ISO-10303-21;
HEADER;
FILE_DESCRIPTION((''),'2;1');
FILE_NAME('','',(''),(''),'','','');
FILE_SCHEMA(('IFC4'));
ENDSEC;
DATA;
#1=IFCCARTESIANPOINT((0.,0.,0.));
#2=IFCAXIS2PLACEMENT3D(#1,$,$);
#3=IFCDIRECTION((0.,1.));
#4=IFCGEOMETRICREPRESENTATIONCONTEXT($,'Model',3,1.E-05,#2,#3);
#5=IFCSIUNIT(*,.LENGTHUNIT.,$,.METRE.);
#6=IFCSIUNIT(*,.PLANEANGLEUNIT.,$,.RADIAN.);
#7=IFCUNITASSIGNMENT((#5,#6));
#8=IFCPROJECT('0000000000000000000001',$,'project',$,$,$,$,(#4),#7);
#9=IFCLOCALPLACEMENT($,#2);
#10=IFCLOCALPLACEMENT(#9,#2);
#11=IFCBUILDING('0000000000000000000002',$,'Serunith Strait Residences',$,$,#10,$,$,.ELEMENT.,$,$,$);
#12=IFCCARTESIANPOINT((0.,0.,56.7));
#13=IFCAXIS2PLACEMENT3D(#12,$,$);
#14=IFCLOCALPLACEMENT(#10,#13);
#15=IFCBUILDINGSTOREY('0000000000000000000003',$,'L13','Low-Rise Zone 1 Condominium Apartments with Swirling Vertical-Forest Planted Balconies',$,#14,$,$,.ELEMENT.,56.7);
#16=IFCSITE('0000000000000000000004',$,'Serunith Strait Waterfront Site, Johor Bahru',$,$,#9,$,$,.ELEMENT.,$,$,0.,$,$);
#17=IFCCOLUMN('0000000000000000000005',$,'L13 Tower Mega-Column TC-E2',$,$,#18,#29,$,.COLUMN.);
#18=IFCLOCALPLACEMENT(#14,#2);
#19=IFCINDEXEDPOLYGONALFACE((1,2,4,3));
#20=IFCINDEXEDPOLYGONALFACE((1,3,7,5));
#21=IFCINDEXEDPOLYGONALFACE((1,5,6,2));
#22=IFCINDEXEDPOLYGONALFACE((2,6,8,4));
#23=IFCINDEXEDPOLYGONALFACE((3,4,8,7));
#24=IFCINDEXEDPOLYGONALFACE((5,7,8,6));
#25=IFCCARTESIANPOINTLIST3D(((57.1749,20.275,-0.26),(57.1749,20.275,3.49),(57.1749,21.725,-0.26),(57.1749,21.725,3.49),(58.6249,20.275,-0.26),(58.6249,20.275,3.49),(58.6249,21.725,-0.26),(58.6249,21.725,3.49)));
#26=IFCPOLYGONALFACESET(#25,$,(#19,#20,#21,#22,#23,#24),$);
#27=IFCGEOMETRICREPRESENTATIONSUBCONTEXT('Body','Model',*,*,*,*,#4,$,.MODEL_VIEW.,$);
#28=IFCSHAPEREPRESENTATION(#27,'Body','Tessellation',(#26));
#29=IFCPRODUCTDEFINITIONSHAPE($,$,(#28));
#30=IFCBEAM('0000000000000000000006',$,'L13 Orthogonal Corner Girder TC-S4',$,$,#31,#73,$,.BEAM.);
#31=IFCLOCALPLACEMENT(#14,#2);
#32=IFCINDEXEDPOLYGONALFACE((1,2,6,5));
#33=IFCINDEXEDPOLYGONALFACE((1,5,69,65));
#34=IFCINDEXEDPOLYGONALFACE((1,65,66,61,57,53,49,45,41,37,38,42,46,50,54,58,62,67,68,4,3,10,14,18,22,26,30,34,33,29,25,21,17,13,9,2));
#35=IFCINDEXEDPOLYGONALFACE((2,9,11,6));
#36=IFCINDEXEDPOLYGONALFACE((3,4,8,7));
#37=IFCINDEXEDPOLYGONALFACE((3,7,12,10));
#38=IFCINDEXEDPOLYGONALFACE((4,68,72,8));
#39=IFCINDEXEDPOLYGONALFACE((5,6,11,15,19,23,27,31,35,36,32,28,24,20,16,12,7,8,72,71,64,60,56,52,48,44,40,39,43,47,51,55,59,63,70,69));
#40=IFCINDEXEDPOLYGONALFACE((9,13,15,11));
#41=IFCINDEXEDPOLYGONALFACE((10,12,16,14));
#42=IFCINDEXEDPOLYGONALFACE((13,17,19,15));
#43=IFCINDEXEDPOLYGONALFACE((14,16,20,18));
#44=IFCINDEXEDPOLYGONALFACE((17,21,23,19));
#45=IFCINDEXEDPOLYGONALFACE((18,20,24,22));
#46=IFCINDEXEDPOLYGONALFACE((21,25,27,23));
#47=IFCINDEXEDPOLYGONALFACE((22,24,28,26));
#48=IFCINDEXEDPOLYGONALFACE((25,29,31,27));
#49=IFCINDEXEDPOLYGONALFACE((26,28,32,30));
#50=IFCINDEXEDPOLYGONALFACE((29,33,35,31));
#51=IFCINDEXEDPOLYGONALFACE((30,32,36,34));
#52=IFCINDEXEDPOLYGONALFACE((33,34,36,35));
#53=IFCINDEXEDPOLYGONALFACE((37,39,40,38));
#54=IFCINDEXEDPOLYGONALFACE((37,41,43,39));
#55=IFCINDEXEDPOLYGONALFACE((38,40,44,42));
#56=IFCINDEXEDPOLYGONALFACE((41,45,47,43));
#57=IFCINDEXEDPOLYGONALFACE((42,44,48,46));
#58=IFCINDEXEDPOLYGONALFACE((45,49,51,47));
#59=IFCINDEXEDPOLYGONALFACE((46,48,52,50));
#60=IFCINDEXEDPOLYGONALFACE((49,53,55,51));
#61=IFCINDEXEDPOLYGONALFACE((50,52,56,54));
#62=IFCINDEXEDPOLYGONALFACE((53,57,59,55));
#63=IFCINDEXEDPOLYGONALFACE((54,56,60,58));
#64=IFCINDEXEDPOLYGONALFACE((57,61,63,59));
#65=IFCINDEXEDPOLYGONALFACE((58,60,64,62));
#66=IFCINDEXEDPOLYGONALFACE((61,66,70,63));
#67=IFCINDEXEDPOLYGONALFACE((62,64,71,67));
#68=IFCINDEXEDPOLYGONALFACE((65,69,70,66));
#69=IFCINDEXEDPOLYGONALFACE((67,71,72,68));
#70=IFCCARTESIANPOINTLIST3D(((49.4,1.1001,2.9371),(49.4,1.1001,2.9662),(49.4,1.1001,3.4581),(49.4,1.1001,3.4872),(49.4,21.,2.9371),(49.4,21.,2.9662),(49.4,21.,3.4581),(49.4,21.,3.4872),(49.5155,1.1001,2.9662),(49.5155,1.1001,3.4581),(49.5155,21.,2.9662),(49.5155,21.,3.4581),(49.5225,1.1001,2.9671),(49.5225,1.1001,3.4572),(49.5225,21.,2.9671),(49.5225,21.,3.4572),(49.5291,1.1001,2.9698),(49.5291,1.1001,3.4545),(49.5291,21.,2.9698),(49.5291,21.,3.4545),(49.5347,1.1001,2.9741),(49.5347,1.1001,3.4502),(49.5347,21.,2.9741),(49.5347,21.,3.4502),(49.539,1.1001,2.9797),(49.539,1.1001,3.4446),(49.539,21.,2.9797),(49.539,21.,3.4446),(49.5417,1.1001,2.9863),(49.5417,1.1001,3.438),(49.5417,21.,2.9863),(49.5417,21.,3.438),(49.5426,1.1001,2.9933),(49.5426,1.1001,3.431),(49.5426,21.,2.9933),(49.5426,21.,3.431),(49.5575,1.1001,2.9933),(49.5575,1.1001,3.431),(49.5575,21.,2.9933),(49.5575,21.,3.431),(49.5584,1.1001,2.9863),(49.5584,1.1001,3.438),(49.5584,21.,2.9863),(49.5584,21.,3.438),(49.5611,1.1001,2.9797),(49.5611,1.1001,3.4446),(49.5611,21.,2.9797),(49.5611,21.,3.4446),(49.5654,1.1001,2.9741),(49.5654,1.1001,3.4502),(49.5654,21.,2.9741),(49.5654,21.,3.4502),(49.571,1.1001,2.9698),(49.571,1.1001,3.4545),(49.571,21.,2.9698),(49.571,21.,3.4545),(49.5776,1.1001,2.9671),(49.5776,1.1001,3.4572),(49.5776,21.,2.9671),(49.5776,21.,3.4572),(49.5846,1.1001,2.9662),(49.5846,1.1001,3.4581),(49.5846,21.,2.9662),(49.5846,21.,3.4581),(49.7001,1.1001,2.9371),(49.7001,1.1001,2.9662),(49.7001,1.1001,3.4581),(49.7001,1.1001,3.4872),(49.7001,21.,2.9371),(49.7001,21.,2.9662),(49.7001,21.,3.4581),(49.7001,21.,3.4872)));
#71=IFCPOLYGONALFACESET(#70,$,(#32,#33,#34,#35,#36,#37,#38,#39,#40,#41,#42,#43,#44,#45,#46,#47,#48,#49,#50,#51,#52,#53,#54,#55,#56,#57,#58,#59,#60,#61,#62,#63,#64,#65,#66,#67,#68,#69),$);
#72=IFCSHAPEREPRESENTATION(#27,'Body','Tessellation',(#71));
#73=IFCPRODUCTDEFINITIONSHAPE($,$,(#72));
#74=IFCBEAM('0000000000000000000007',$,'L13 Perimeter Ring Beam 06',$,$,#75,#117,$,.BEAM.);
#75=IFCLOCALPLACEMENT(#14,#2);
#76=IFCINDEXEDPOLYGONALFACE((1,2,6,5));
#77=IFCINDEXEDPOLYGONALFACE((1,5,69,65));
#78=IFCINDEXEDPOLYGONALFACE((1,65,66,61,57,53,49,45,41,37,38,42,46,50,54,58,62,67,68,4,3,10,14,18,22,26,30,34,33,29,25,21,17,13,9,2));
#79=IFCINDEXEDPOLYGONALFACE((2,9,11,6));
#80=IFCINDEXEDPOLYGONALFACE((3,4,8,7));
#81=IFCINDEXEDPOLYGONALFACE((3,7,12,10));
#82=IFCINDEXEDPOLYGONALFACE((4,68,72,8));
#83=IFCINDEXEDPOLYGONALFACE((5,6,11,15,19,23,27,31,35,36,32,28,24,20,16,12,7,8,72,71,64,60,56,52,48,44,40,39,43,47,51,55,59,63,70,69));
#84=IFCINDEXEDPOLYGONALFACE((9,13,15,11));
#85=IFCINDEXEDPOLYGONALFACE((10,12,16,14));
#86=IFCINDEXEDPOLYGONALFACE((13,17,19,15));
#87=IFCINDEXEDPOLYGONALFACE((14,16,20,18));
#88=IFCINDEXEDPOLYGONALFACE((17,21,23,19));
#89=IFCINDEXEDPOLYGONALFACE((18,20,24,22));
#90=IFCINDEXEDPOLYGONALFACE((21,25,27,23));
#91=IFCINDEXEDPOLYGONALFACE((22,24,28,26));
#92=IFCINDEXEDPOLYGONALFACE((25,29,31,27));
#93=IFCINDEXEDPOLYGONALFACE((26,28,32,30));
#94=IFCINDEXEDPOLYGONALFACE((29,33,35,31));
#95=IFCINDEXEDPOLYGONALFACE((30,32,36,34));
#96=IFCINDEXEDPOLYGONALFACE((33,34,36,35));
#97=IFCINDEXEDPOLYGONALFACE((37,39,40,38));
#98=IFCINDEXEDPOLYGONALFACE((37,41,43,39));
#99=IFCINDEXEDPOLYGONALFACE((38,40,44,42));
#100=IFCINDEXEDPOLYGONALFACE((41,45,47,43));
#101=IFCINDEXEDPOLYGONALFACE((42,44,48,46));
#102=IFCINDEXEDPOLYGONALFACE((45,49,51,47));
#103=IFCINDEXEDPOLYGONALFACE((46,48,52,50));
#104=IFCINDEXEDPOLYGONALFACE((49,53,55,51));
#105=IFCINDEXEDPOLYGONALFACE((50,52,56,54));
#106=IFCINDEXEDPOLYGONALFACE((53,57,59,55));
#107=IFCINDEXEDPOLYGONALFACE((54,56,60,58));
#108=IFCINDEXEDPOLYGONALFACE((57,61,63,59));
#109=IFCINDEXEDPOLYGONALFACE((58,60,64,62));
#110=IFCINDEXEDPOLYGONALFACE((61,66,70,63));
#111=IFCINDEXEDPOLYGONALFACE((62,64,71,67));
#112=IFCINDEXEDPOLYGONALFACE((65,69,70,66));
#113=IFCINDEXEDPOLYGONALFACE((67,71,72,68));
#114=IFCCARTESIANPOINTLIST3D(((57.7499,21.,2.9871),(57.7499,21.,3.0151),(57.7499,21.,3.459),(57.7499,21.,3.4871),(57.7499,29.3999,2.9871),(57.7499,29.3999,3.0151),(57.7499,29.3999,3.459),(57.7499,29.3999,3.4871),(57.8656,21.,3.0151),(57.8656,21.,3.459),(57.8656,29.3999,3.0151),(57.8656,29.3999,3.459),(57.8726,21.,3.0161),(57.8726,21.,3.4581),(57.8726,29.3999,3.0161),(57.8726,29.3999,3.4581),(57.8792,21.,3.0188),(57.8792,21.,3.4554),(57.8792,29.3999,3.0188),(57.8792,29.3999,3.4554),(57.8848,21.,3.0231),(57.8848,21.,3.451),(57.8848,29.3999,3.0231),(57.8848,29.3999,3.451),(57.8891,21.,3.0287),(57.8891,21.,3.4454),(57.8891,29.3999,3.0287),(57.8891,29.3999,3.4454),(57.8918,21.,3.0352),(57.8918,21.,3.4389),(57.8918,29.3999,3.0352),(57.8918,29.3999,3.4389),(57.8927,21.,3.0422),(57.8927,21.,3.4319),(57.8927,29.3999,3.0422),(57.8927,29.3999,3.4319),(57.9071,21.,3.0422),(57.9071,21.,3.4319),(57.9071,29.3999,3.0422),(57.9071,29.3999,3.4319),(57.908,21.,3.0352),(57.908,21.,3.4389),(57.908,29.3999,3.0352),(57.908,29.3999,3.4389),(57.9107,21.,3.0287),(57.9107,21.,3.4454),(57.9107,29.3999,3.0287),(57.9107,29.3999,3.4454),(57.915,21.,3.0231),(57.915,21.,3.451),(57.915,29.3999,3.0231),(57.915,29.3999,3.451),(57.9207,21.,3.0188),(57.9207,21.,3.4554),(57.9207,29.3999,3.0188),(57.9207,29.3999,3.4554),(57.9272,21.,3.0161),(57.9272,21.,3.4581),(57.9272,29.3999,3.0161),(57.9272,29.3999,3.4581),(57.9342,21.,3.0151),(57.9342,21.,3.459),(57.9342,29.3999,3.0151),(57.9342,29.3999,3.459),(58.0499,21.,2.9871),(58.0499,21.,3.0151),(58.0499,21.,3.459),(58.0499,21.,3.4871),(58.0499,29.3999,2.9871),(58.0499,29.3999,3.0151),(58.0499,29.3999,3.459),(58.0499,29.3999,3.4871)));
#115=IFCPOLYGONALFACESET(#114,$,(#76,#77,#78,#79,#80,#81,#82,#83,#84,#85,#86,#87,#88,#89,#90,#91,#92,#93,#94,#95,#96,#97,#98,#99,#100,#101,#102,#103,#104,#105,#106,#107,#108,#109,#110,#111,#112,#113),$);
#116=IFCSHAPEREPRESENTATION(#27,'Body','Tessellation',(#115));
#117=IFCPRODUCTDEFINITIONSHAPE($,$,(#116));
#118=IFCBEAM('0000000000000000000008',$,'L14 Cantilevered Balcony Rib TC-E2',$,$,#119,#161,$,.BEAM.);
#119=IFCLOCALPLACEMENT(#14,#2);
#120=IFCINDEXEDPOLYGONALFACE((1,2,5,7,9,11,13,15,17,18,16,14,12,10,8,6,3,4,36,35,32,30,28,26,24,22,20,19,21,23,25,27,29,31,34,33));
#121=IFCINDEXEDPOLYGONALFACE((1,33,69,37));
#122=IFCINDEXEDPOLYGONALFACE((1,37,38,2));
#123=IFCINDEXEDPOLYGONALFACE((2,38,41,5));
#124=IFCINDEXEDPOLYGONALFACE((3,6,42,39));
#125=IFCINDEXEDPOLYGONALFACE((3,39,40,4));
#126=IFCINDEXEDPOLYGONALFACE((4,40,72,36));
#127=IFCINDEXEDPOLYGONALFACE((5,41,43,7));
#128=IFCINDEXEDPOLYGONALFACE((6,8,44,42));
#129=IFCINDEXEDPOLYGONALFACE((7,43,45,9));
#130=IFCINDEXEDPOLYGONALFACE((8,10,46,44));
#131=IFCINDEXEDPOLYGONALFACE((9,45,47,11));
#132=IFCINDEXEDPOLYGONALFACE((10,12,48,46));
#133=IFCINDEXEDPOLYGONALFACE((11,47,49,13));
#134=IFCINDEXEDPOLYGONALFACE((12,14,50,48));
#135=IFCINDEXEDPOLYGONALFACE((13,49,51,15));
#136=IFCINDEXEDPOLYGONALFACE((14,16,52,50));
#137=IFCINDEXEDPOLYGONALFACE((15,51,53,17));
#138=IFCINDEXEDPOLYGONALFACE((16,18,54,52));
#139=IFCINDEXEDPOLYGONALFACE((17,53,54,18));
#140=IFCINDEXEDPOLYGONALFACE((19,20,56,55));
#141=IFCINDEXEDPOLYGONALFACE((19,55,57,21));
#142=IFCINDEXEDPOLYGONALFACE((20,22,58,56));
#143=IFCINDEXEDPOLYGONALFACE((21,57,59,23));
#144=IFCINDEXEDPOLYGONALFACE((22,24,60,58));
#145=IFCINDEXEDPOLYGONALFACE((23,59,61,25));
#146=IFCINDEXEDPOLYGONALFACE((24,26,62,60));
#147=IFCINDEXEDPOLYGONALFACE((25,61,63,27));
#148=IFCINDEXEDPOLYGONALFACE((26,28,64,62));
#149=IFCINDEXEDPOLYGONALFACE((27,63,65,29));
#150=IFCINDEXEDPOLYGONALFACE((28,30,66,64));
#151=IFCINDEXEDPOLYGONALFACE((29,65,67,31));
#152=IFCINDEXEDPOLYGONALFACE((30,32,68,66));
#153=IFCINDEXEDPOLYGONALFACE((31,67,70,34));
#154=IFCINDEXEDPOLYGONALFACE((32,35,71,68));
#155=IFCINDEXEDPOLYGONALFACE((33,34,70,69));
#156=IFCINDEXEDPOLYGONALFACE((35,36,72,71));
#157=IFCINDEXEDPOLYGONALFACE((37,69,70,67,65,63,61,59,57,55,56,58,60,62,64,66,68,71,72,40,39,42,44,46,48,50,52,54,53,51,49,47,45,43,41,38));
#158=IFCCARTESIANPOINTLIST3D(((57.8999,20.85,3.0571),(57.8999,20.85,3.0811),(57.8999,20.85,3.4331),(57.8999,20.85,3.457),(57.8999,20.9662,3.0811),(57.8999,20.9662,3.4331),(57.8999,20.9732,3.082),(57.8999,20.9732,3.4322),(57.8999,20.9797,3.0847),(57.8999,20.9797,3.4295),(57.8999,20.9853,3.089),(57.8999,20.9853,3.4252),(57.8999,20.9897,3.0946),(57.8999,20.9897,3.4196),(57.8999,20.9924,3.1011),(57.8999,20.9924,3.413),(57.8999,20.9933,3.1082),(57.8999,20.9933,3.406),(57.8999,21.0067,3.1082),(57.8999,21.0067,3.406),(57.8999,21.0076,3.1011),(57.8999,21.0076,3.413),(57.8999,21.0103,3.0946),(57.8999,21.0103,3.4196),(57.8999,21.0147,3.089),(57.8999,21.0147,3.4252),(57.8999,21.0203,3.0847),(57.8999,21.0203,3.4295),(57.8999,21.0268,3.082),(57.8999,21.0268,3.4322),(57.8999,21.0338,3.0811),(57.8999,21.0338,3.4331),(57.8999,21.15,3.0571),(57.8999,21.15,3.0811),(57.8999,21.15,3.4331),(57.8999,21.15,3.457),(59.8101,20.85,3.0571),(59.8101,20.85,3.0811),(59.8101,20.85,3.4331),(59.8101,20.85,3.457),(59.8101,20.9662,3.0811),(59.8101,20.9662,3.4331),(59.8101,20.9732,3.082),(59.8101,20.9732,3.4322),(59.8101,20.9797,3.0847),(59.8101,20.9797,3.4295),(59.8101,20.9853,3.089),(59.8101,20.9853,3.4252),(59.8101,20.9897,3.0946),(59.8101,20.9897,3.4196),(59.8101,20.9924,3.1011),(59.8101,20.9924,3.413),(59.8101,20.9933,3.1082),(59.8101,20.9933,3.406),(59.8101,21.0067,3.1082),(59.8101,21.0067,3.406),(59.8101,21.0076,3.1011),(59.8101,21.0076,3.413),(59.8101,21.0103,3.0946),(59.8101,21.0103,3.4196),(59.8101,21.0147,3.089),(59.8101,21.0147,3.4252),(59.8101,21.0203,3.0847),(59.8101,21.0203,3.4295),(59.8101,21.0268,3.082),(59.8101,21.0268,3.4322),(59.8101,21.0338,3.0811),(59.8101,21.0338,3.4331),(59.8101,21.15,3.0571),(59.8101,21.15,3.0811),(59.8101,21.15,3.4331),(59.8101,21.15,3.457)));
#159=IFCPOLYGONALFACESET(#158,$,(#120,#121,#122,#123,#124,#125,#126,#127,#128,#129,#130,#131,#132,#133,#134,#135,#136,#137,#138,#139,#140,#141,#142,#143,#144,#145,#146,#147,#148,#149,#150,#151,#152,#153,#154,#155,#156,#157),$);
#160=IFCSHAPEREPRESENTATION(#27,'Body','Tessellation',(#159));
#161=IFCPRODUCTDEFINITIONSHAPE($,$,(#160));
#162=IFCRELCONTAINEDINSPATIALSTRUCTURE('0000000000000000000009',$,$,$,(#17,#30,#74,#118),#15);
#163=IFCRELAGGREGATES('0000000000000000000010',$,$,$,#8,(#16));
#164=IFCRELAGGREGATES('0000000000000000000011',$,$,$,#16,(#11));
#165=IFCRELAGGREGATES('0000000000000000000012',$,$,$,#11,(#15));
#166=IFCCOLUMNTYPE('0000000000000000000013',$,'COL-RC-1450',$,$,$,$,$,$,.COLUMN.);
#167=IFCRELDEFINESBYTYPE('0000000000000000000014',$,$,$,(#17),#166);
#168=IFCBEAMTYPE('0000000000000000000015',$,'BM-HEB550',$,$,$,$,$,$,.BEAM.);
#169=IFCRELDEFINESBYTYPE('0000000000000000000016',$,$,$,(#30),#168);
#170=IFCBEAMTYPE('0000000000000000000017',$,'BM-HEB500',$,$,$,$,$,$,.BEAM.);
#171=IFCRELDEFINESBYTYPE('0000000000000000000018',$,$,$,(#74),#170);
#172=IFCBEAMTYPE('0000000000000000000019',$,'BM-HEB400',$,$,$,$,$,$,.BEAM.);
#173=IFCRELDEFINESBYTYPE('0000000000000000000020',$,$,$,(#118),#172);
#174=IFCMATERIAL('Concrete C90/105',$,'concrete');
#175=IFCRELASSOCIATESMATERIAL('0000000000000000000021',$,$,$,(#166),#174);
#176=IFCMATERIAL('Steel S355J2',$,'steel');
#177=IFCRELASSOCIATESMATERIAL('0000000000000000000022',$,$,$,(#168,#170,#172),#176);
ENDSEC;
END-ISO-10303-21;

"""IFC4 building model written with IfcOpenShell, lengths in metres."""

from ifc_helpers import new_model, si_unit, direction, frame, origin, origin_2d, place, context, subcontext, project, spatial, rectangle, i_section, extrude, source, transform, mapped, material, material_profile, profile_set, type_object, element, save


model = new_model("IFC4")

# Units and contexts
model_context = context("Model", 3, precision=1e-05, world=origin(), true_north=direction((0.0, 1.0)))
body_context = subcontext(model_context, "Body", "Model", "MODEL_VIEW")
ifc_project = project(units=[si_unit("LENGTHUNIT", "METRE"), si_unit("PLANEANGLEUNIT", "RADIAN")], contexts=[model_context])

# Site, building, storey
site_placement = place(None, origin())
site = spatial("IfcSite", under=ifc_project, at=site_placement, Name="Serunith Strait Waterfront Site, Johor Bahru", CompositionType="ELEMENT", RefElevation=0.0)
building_placement = place(site_placement, origin())
building = spatial("IfcBuilding", under=site, at=building_placement, Name="Serunith Strait Residences", CompositionType="ELEMENT")
storey_placement = place(building_placement, frame((0.0, 0.0, 56.7)))
storey = spatial("IfcBuildingStorey", under=building, at=storey_placement, Name="L13", Description="Low-Rise Zone 1 Condominium Apartments with Swirling Vertical-Forest Planted Balconies", CompositionType="ELEMENT", Elevation=56.7)

# Column
ifc_material_1 = material(Name="Concrete C90/105", Category="concrete")
ifc_material_profile_1 = material_profile(ifc_material_1, rectangle(XDim=1.45, YDim=1.45, at=origin_2d()), Name="RC 1450x1450")
ifc_profile_set_1 = profile_set([ifc_material_profile_1], Name="Concrete C90/105")
column_type = type_object("IfcColumnType", Name="COL-RC-1450", PredefinedType="COLUMN", material=ifc_profile_set_1)
shared_shape_1 = source(origin(), body_context, "Body", "SweptSolid", [
    extrude(rectangle(XDim=1.45, YDim=1.45, at=origin_2d()), origin(), (0.0, 0.0, 1.0), 3.75),
])
column_placement = place(storey_placement, frame((57.8999, 21.0, -0.26), z_axis=(0.0, 0.0, 1.0), x_axis=(1.0, 0.0, 0.0)))
element("IfcColumn", 1, at=column_placement, inside=storey, type_object=column_type, Name="L13 Tower Mega-Column TC-E2", PredefinedType="COLUMN", context=body_context, shape_type="MappedRepresentation", body=[
    mapped(shared_shape_1, transform((0.0, 0.0, 0.0), scale=1.0)),
])

# Beams
ifc_material_2 = material(Name="Steel S355J2", Category="steel")
ifc_material_profile_2 = material_profile(ifc_material_2, i_section(OverallWidth=0.3, OverallDepth=0.55, WebThickness=0.0149, FlangeThickness=0.0291, FilletRadius=0.0271, at=origin_2d()), Name="HEB 550")
ifc_profile_set_2 = profile_set([ifc_material_profile_2], Name="Steel S355J2")
beam_type_1 = type_object("IfcBeamType", Name="BM-HEB550", PredefinedType="BEAM", material=ifc_profile_set_2)
shared_shape_2 = source(origin(), body_context, "Body", "SweptSolid", [
    extrude(i_section(OverallWidth=0.3, OverallDepth=0.55, WebThickness=0.0149, FlangeThickness=0.0291, FilletRadius=0.0271, at=origin_2d()), origin(), (0.0, 0.0, 1.0), 19.8999),
])
beam_1_placement = place(storey_placement, frame((49.55, 21.0, 3.2122), z_axis=(0.0, -1.0, 0.0), x_axis=(1.0, 0.0, 0.0)))
element("IfcBeam", 2, at=beam_1_placement, inside=storey, type_object=beam_type_1, Name="L13 Orthogonal Corner Girder TC-S4", PredefinedType="BEAM", context=body_context, shape_type="MappedRepresentation", body=[
    mapped(shared_shape_2, transform((0.0, 0.0, 0.0), scale=1.0)),
])
ifc_material_profile_3 = material_profile(ifc_material_2, i_section(OverallWidth=0.3, OverallDepth=0.5, WebThickness=0.0144, FlangeThickness=0.0281, FilletRadius=0.0271, at=origin_2d()), Name="HEB 500")
ifc_profile_set_3 = profile_set([ifc_material_profile_3], Name="Steel S355J2")
beam_type_2 = type_object("IfcBeamType", Name="BM-HEB500", PredefinedType="BEAM", material=ifc_profile_set_3)
shared_shape_3 = source(origin(), body_context, "Body", "SweptSolid", [
    extrude(i_section(OverallWidth=0.3, OverallDepth=0.5, WebThickness=0.0144, FlangeThickness=0.0281, FilletRadius=0.0271, at=origin_2d()), origin(), (0.0, 0.0, 1.0), 8.3999),
])
beam_2_placement = place(storey_placement, frame((57.8999, 21.0, 3.2371), z_axis=(0.0, 1.0, 0.0), x_axis=(-1.0, 0.0, 0.0)))
element("IfcBeam", 3, at=beam_2_placement, inside=storey, type_object=beam_type_2, Name="L13 Perimeter Ring Beam 06", PredefinedType="BEAM", context=body_context, shape_type="MappedRepresentation", body=[
    mapped(shared_shape_3, transform((0.0, 0.0, 0.0), scale=1.0)),
])
ifc_material_profile_4 = material_profile(ifc_material_2, i_section(OverallWidth=0.3, OverallDepth=0.3999, WebThickness=0.0134, FlangeThickness=0.0239, FilletRadius=0.0271, at=origin_2d()), Name="HEB 400")
ifc_profile_set_4 = profile_set([ifc_material_profile_4], Name="Steel S355J2")
beam_type_3 = type_object("IfcBeamType", Name="BM-HEB400", PredefinedType="BEAM", material=ifc_profile_set_4)
shared_shape_4 = source(origin(), body_context, "Body", "SweptSolid", [
    extrude(i_section(OverallWidth=0.3, OverallDepth=0.3999, WebThickness=0.0134, FlangeThickness=0.0239, FilletRadius=0.0271, at=origin_2d()), origin(), (0.0, 0.0, 1.0), 1.9102),
])
beam_3_placement = place(storey_placement, frame((57.8999, 21.0, 3.2571), z_axis=(1.0, 0.0, 0.0), x_axis=(0.0, 1.0, 0.0)))
element("IfcBeam", 4, at=beam_3_placement, inside=storey, type_object=beam_type_3, Name="L14 Cantilevered Balcony Rib TC-E2", PredefinedType="BEAM", context=body_context, shape_type="MappedRepresentation", body=[
    mapped(shared_shape_4, transform((0.0, 0.0, 0.0), scale=1.0)),
])

save(model, "model.ifc")
